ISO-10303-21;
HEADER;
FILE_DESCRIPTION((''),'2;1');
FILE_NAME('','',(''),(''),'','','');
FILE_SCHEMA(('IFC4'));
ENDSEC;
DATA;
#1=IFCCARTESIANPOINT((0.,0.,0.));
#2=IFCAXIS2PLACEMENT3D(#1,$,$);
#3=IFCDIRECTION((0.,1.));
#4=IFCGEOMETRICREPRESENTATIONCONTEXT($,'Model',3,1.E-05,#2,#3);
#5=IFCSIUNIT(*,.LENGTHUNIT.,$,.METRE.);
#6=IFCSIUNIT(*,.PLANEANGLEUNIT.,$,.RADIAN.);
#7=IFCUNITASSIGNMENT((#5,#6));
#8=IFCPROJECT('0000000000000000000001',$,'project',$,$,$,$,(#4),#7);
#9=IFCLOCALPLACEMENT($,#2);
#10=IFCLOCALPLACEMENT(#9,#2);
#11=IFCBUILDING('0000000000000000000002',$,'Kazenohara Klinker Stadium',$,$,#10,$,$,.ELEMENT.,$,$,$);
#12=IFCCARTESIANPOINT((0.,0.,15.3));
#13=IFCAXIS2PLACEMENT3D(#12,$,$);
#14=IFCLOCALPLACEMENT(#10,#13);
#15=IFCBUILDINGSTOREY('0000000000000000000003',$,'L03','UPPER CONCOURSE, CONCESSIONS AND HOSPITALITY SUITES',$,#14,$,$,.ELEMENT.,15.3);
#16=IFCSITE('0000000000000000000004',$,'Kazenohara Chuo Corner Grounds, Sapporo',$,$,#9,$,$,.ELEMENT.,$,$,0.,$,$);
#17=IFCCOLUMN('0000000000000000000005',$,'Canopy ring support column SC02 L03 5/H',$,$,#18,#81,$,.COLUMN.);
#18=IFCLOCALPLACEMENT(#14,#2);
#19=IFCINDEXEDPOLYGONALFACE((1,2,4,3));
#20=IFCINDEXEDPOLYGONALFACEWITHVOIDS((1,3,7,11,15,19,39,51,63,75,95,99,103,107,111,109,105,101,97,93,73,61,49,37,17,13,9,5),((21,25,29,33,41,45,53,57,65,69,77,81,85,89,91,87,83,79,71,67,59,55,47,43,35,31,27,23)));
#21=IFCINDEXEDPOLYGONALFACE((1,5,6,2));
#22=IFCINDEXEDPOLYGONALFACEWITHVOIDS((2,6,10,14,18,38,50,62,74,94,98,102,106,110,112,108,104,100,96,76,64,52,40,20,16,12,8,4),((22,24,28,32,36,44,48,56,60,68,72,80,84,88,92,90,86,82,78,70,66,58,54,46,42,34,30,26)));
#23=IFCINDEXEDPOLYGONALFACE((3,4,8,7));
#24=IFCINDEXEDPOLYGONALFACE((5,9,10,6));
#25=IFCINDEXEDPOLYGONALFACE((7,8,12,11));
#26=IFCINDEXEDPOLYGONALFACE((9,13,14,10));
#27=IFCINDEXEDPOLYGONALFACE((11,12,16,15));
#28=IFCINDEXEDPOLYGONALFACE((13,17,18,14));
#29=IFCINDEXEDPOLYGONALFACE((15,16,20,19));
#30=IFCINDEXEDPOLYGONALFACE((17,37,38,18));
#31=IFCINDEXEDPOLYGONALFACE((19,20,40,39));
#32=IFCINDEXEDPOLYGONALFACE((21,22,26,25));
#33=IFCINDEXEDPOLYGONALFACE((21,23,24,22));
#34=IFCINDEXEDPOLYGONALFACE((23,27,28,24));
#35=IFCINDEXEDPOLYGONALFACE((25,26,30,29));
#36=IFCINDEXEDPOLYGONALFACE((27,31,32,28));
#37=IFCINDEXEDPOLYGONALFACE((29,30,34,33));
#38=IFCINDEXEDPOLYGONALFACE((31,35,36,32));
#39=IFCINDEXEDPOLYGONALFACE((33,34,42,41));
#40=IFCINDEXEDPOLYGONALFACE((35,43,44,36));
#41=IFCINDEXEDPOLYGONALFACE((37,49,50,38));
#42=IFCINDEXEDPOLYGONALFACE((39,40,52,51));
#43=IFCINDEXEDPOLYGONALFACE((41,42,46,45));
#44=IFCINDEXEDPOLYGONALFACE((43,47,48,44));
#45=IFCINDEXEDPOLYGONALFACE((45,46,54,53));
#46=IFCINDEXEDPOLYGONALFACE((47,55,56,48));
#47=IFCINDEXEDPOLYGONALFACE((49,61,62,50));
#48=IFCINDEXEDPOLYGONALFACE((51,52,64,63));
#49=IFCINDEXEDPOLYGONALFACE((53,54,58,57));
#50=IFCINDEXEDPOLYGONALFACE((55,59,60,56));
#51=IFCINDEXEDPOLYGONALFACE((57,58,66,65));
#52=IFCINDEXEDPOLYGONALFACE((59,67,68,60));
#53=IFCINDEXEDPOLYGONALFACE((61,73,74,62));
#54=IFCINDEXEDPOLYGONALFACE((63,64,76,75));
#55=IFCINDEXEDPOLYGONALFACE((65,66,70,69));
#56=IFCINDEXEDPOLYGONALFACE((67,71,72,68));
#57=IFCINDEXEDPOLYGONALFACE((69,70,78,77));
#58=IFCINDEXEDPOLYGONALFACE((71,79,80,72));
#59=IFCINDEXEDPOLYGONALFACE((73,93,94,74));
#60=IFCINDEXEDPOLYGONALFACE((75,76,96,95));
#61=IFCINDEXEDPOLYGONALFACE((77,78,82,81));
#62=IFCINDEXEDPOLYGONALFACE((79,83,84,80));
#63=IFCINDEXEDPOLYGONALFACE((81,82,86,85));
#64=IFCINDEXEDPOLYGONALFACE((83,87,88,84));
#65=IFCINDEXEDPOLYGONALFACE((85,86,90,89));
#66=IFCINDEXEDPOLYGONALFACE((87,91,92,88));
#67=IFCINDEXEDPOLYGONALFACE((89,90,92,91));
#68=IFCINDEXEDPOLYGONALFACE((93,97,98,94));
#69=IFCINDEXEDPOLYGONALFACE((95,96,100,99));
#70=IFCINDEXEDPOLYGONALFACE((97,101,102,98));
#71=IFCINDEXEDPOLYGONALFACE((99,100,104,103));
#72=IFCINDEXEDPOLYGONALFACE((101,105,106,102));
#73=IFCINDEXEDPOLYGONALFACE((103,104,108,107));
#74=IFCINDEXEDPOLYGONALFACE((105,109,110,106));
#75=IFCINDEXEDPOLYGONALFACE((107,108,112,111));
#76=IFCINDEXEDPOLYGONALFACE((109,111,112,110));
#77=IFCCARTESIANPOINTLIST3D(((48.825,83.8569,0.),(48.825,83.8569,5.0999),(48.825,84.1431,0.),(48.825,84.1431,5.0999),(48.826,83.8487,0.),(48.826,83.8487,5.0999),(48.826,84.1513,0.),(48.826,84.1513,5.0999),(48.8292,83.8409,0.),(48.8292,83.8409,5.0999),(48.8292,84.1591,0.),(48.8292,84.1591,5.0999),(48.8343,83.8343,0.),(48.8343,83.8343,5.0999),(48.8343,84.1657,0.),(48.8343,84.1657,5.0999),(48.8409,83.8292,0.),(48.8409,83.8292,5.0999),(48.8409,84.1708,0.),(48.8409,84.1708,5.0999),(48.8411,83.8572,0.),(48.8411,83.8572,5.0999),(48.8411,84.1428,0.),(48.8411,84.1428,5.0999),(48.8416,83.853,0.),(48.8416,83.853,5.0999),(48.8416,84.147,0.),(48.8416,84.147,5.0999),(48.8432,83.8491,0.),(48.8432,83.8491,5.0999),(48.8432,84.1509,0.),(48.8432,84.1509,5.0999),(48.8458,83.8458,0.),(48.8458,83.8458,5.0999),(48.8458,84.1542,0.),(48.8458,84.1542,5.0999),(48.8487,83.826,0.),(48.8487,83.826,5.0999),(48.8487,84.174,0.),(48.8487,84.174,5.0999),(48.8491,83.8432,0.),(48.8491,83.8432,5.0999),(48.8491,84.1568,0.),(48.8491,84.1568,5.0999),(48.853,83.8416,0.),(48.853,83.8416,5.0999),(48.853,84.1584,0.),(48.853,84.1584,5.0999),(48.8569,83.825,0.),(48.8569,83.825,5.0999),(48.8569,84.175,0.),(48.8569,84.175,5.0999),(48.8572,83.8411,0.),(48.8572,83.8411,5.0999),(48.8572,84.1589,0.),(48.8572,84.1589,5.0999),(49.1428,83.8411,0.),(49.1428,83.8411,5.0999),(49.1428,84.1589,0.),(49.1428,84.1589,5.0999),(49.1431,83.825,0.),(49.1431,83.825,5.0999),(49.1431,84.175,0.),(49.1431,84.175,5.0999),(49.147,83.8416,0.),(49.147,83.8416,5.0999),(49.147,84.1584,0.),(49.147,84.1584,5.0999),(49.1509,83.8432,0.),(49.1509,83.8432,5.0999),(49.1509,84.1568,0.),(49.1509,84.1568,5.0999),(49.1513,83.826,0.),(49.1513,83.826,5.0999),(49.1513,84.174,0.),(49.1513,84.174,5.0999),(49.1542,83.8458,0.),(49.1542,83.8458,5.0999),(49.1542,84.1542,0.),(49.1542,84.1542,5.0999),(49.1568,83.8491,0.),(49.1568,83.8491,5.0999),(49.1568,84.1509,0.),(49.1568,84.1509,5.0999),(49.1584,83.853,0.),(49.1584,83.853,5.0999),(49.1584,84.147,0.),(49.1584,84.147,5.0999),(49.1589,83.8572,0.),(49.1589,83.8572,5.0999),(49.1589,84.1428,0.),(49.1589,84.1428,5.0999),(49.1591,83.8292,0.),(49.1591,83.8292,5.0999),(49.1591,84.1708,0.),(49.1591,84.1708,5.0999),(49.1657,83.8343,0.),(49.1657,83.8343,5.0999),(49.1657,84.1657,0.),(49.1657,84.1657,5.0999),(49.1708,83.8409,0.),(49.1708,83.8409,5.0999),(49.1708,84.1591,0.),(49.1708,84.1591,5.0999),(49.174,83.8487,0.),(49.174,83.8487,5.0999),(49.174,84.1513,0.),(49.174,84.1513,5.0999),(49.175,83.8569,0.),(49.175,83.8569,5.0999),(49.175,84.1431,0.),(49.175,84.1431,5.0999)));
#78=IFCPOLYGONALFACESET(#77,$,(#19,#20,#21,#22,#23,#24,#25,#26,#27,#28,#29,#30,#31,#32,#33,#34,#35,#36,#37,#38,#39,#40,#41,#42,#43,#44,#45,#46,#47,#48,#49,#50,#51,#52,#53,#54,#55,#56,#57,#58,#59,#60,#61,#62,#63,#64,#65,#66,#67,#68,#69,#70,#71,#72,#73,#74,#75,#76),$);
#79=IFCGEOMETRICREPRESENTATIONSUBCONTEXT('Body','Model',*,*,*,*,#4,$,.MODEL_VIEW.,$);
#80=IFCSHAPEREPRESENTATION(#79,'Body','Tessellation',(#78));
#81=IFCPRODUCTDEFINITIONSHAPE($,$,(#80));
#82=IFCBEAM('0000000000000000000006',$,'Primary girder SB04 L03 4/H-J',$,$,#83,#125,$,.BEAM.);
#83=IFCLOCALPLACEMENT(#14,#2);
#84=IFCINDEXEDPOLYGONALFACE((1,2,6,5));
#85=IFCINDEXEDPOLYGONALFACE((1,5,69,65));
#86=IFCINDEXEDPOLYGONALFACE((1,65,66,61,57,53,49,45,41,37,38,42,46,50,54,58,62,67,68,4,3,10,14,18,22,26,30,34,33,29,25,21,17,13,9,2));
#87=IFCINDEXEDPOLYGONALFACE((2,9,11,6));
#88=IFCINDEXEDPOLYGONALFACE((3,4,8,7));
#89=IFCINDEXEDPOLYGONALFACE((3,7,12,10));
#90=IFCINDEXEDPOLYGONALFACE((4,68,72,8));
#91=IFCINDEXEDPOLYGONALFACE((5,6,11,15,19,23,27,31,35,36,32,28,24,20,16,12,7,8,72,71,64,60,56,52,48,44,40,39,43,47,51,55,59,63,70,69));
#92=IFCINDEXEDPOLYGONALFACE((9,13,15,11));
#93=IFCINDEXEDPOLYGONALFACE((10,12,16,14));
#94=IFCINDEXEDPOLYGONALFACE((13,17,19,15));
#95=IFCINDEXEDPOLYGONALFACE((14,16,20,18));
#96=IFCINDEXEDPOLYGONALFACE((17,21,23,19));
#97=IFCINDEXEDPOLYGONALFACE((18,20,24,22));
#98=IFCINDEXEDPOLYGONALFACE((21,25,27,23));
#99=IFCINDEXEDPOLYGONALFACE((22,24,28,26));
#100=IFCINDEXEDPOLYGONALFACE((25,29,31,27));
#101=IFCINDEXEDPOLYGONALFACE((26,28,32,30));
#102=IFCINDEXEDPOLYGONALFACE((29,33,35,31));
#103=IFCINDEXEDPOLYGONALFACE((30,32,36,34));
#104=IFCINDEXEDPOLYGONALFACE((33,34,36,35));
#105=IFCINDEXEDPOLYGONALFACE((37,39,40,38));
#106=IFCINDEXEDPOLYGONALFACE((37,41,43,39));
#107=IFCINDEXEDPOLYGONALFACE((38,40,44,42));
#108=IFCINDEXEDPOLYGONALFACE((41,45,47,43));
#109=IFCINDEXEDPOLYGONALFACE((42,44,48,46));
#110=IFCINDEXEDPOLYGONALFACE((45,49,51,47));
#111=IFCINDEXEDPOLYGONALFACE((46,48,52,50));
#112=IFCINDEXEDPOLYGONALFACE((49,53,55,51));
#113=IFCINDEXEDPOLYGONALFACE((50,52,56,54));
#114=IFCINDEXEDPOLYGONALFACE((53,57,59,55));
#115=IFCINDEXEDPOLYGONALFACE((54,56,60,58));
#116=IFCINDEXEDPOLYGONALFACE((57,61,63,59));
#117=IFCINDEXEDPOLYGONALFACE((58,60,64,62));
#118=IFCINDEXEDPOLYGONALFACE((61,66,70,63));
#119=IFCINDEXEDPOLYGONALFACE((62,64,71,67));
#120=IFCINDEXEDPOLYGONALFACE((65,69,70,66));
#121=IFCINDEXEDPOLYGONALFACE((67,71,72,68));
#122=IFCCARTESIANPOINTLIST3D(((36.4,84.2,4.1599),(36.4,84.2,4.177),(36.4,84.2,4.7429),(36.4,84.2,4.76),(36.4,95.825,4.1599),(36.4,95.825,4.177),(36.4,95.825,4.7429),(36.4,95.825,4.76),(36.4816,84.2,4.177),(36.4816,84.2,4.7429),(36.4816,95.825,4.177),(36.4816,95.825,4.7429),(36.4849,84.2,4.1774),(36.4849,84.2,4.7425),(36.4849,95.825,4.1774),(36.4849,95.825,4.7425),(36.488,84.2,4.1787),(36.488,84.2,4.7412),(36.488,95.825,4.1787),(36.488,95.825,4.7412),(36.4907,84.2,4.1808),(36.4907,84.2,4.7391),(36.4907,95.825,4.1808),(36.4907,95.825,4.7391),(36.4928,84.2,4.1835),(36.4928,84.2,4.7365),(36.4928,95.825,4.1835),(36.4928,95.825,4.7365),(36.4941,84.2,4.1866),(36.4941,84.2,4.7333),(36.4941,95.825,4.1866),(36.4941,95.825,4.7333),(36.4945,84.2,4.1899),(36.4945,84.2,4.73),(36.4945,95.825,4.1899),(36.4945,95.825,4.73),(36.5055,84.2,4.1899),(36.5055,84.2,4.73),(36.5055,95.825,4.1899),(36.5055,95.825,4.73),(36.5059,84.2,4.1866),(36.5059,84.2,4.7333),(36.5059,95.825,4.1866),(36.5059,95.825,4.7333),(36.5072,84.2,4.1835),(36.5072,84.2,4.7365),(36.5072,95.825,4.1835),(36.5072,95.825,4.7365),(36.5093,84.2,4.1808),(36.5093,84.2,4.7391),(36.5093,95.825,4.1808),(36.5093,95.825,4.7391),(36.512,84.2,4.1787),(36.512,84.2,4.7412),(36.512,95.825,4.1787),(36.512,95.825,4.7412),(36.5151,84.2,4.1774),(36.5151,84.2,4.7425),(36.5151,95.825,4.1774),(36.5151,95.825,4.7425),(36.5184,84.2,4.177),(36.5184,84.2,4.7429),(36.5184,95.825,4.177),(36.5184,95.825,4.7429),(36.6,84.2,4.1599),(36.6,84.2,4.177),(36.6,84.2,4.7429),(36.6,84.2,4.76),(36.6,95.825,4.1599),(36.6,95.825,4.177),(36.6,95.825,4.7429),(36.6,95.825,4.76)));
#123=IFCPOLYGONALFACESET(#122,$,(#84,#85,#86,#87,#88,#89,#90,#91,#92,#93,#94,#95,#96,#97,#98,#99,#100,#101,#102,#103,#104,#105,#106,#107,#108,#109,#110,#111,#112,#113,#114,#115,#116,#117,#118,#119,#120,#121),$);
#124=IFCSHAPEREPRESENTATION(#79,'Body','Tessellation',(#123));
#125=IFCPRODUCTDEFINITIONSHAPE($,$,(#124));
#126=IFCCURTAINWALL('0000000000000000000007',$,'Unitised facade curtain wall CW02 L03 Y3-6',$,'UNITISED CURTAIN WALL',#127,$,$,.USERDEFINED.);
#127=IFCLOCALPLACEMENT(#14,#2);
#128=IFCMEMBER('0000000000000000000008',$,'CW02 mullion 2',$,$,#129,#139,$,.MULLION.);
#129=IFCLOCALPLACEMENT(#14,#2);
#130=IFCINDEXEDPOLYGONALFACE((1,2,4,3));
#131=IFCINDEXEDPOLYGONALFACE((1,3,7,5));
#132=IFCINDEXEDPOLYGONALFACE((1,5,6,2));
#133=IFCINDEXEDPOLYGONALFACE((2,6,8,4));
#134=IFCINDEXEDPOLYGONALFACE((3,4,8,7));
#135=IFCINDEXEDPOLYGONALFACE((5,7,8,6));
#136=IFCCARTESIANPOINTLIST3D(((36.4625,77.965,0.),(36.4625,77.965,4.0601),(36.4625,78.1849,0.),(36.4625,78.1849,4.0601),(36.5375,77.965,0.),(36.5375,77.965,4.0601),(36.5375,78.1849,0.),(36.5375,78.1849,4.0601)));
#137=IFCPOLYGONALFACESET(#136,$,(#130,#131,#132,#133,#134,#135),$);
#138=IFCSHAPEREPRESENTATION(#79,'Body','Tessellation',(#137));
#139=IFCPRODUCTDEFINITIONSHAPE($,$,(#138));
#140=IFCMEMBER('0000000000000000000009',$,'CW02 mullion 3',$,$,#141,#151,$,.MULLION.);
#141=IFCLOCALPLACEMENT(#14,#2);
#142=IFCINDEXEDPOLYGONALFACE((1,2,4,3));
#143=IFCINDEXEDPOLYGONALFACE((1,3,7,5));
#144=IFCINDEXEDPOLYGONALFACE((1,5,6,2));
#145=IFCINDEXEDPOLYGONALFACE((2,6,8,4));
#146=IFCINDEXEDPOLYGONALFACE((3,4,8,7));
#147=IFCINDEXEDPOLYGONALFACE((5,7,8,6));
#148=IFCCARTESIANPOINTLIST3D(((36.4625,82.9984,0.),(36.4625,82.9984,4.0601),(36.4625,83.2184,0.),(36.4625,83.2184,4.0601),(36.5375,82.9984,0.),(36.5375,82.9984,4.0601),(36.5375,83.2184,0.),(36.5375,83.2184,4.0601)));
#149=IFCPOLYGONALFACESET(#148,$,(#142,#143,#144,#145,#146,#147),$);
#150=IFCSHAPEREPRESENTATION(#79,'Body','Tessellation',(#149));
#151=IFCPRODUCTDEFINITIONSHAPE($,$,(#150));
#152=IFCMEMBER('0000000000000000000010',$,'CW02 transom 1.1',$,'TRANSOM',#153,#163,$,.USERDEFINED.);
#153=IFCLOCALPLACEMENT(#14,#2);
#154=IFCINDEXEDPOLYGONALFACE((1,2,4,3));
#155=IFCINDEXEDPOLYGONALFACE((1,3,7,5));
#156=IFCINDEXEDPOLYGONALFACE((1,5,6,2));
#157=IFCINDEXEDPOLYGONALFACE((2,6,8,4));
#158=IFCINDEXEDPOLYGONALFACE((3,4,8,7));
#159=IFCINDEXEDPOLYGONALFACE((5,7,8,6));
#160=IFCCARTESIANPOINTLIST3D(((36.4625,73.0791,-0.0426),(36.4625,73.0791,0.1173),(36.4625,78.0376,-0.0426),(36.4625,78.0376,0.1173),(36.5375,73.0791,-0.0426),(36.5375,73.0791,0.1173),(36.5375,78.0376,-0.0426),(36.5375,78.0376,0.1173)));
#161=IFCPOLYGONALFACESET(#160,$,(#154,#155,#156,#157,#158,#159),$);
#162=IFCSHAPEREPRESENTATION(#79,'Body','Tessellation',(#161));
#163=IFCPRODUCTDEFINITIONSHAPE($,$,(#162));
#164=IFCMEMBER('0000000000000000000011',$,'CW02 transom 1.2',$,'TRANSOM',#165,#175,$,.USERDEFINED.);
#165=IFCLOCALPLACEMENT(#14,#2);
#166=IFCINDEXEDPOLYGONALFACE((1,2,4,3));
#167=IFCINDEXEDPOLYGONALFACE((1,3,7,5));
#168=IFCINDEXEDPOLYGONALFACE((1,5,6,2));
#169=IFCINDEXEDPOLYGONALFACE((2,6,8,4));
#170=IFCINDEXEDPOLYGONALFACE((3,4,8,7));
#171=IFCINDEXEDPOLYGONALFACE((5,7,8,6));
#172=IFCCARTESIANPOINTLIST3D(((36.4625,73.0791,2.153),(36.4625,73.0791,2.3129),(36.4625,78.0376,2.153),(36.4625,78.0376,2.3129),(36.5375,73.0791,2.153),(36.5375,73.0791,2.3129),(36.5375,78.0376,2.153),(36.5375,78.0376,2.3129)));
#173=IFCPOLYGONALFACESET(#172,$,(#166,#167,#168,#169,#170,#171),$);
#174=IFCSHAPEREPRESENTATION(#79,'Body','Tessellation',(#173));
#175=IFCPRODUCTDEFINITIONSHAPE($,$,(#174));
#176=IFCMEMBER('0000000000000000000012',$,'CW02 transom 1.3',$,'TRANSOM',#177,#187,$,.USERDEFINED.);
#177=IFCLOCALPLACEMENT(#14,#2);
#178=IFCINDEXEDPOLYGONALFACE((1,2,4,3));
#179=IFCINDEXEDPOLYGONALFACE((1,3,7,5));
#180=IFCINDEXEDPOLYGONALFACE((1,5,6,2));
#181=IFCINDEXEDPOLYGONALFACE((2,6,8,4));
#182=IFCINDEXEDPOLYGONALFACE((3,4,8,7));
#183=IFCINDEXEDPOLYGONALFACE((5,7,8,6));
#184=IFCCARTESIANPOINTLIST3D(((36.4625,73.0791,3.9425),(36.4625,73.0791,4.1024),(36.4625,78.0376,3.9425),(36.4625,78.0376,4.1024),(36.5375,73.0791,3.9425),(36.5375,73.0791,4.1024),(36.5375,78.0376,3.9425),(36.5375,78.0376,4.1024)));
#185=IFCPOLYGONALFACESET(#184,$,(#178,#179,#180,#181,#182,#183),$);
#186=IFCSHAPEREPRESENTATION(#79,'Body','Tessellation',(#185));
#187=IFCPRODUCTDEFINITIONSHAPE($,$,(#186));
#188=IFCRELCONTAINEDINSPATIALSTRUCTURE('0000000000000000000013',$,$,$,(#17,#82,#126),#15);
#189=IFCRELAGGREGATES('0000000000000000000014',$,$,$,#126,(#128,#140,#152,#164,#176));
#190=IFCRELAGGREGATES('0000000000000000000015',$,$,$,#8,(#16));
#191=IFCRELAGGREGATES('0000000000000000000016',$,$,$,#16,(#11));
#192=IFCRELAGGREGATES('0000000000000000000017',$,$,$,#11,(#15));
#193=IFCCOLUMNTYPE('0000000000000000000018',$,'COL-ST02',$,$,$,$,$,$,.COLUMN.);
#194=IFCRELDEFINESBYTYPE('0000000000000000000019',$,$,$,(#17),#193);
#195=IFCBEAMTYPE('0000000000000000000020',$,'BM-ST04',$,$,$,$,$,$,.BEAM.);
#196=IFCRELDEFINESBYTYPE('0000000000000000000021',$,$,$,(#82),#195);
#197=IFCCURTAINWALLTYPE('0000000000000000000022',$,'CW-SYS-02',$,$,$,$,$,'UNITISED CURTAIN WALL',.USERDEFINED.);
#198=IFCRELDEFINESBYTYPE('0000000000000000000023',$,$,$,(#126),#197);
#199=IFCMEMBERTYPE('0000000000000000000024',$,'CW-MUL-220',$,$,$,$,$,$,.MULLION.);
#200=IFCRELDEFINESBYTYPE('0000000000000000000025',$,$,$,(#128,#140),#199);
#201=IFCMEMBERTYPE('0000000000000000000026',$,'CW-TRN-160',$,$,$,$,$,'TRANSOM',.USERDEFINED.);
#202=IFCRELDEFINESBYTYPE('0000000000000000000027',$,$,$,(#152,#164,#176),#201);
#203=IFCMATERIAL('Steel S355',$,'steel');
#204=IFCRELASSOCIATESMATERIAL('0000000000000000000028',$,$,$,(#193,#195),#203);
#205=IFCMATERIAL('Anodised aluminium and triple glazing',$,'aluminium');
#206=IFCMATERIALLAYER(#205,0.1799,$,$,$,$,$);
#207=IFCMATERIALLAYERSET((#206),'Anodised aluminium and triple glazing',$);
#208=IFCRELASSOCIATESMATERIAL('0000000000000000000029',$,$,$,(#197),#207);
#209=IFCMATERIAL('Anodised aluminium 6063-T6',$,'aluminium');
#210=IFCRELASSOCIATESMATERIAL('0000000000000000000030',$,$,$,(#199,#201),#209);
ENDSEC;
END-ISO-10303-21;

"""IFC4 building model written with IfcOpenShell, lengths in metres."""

from ifc_helpers import new_model, si_unit, direction, frame, origin, origin_2d, place, context, subcontext, project, spatial, rectangle, hollow_rectangle, i_section, extrude, material, layer, layer_set, material_profile, profile_set, type_object, element, aggregate, save


model = new_model("IFC4")

# Units and contexts
model_context = context("Model", 3, precision=1e-05, world=origin(), true_north=direction((0.0, 1.0)))
body_context = subcontext(model_context, "Body", "Model", "MODEL_VIEW")
ifc_project = project(units=[si_unit("LENGTHUNIT", "METRE"), si_unit("PLANEANGLEUNIT", "RADIAN")], contexts=[model_context])

# Site, building, storey
site_placement = place(None, origin())
site = spatial("IfcSite", under=ifc_project, at=site_placement, Name="Kazenohara Chuo Corner Grounds, Sapporo", CompositionType="ELEMENT", RefElevation=0.0)
building_placement = place(site_placement, origin())
building = spatial("IfcBuilding", under=site, at=building_placement, Name="Kazenohara Klinker Stadium", CompositionType="ELEMENT")
storey_placement = place(building_placement, frame((0.0, 0.0, 15.3)))
storey = spatial("IfcBuildingStorey", under=building, at=storey_placement, Name="L03", Description="UPPER CONCOURSE, CONCESSIONS AND HOSPITALITY SUITES", CompositionType="ELEMENT", Elevation=15.3)

# Column
ifc_material_1 = material(Name="Steel S355", Category="steel")
ifc_material_profile_1 = material_profile(ifc_material_1, hollow_rectangle(XDim=0.3501, YDim=0.3501, WallThickness=0.0161, InnerFilletRadius=0.0161, OuterFilletRadius=0.032, at=origin_2d()), Name="SHS-350x350x16")
ifc_profile_set_1 = profile_set([ifc_material_profile_1], Name="Steel S355")
column_type_1 = type_object("IfcColumnType", Name="COL-ST02", PredefinedType="COLUMN", material=ifc_profile_set_1)
for number, where, z_axis, x_axis, name in (
    (1, (49.0, 84.0, 0.0), (0.0, 0.0, 1.0), (1.0, 0.0, 0.0), "Canopy ring support column SC02 L03 5/H"),
):
    element("IfcColumn", number, at=place(storey_placement, frame(where, z_axis=z_axis, x_axis=x_axis)), inside=storey, type_object=column_type_1, Name=name, PredefinedType="COLUMN", context=body_context, shape_type="SweptSolid", body=[
        extrude(hollow_rectangle(XDim=0.3501, YDim=0.3501, WallThickness=0.0161, InnerFilletRadius=0.0161, OuterFilletRadius=0.032, at=origin_2d()), origin(), (0.0, 0.0, 1.0), 5.0999),
    ])

# Beam
ifc_material_profile_2 = material_profile(ifc_material_1, i_section(OverallWidth=0.2, OverallDepth=0.6001, WebThickness=0.011, FlangeThickness=0.0171, FilletRadius=0.0129, at=origin_2d()), Name="H-600x200x11x17")
ifc_profile_set_2 = profile_set([ifc_material_profile_2], Name="Steel S355")
beam_type_1 = type_object("IfcBeamType", Name="BM-ST04", PredefinedType="BEAM", material=ifc_profile_set_2)
beam_placement = place(storey_placement, frame((36.5, 84.2, 4.46), z_axis=(0.0, 1.0, 0.0), x_axis=(-1.0, 0.0, 0.0)))
element("IfcBeam", 2, at=beam_placement, inside=storey, type_object=beam_type_1, Name="Primary girder SB04 L03 4/H-J", PredefinedType="BEAM", context=body_context, shape_type="SweptSolid", body=[
    extrude(i_section(OverallWidth=0.2, OverallDepth=0.6001, WebThickness=0.011, FlangeThickness=0.0171, FilletRadius=0.0129, at=origin_2d()), origin(), (0.0, 0.0, 1.0), 11.625),
])

# Curtain wall, members
ifc_material_2 = material(Name="Anodised aluminium and triple glazing", Category="aluminium")
ifc_layer_1 = layer(ifc_material_2, 0.1799)
ifc_layer_set_1 = layer_set([ifc_layer_1], Name="Anodised aluminium and triple glazing")
curtain_wall_type = type_object("IfcCurtainWallType", Name="CW-SYS-02", ElementType="UNITISED CURTAIN WALL", PredefinedType="USERDEFINED", material=ifc_layer_set_1)
curtain_wall_placement = place(storey_placement, origin())
curtain_wall = element("IfcCurtainWall", 3, at=curtain_wall_placement, inside=storey, type_object=curtain_wall_type, Name="Unitised facade curtain wall CW02 L03 Y3-6", ObjectType="UNITISED CURTAIN WALL", PredefinedType="USERDEFINED")
ifc_material_3 = material(Name="Anodised aluminium 6063-T6", Category="aluminium")
ifc_material_profile_3 = material_profile(ifc_material_3, rectangle(XDim=0.075, YDim=0.22, at=origin_2d()), Name="ALU-MUL-75x220")
ifc_profile_set_3 = profile_set([ifc_material_profile_3], Name="Anodised aluminium 6063-T6")
member_type_1 = type_object("IfcMemberType", Name="CW-MUL-220", PredefinedType="MULLION", material=ifc_profile_set_3)
member_1_placement = place(storey_placement, frame((36.5, 78.075, 0.0), z_axis=(0.0, 0.0, 1.0), x_axis=(-1.0, 0.0, 0.0)))
member_1 = element("IfcMember", 4, at=member_1_placement, type_object=member_type_1, Name="CW02 mullion 2", PredefinedType="MULLION", context=body_context, shape_type="SweptSolid", body=[
    extrude(rectangle(XDim=0.075, YDim=0.22, at=origin_2d()), origin(), (0.0, 0.0, 1.0), 4.0601),
])
member_2_placement = place(storey_placement, frame((36.5, 83.1084, 0.0), z_axis=(0.0, 0.0, 1.0), x_axis=(-1.0, 0.0, 0.0)))
member_2 = element("IfcMember", 5, at=member_2_placement, type_object=member_type_1, Name="CW02 mullion 3", PredefinedType="MULLION", context=body_context, shape_type="SweptSolid", body=[
    extrude(rectangle(XDim=0.075, YDim=0.22, at=origin_2d()), origin(), (0.0, 0.0, 1.0), 4.0601),
])
ifc_material_profile_4 = material_profile(ifc_material_3, rectangle(XDim=0.075, YDim=0.1599, at=origin_2d()), Name="ALU-TRN-75x160")
ifc_profile_set_4 = profile_set([ifc_material_profile_4], Name="Anodised aluminium 6063-T6")
member_type_2 = type_object("IfcMemberType", Name="CW-TRN-160", ElementType="TRANSOM", PredefinedType="USERDEFINED", material=ifc_profile_set_4)
member_3_placement = place(storey_placement, frame((36.5, 73.0791, 0.0374), z_axis=(0.0, 1.0, 0.0), x_axis=(-1.0, 0.0, 0.0)))
member_3 = element("IfcMember", 6, at=member_3_placement, type_object=member_type_2, Name="CW02 transom 1.1", ObjectType="TRANSOM", PredefinedType="USERDEFINED", context=body_context, shape_type="SweptSolid", body=[
    extrude(rectangle(XDim=0.075, YDim=0.1599, at=origin_2d()), origin(), (0.0, 0.0, 1.0), 4.9585),
])
member_4_placement = place(storey_placement, frame((36.5, 73.0791, 2.2329), z_axis=(0.0, 1.0, 0.0), x_axis=(-1.0, 0.0, 0.0)))
member_4 = element("IfcMember", 7, at=member_4_placement, type_object=member_type_2, Name="CW02 transom 1.2", ObjectType="TRANSOM", PredefinedType="USERDEFINED", context=body_context, shape_type="SweptSolid", body=[
    extrude(rectangle(XDim=0.075, YDim=0.1599, at=origin_2d()), origin(), (0.0, 0.0, 1.0), 4.9585),
])
member_5_placement = place(storey_placement, frame((36.5, 73.0791, 4.0225), z_axis=(0.0, 1.0, 0.0), x_axis=(-1.0, 0.0, 0.0)))
member_5 = element("IfcMember", 8, at=member_5_placement, type_object=member_type_2, Name="CW02 transom 1.3", ObjectType="TRANSOM", PredefinedType="USERDEFINED", context=body_context, shape_type="SweptSolid", body=[
    extrude(rectangle(XDim=0.075, YDim=0.1599, at=origin_2d()), origin(), (0.0, 0.0, 1.0), 4.9585),
])

aggregate(curtain_wall, [member_1, member_2, member_3, member_4, member_5])

save(model, "model.ifc")
